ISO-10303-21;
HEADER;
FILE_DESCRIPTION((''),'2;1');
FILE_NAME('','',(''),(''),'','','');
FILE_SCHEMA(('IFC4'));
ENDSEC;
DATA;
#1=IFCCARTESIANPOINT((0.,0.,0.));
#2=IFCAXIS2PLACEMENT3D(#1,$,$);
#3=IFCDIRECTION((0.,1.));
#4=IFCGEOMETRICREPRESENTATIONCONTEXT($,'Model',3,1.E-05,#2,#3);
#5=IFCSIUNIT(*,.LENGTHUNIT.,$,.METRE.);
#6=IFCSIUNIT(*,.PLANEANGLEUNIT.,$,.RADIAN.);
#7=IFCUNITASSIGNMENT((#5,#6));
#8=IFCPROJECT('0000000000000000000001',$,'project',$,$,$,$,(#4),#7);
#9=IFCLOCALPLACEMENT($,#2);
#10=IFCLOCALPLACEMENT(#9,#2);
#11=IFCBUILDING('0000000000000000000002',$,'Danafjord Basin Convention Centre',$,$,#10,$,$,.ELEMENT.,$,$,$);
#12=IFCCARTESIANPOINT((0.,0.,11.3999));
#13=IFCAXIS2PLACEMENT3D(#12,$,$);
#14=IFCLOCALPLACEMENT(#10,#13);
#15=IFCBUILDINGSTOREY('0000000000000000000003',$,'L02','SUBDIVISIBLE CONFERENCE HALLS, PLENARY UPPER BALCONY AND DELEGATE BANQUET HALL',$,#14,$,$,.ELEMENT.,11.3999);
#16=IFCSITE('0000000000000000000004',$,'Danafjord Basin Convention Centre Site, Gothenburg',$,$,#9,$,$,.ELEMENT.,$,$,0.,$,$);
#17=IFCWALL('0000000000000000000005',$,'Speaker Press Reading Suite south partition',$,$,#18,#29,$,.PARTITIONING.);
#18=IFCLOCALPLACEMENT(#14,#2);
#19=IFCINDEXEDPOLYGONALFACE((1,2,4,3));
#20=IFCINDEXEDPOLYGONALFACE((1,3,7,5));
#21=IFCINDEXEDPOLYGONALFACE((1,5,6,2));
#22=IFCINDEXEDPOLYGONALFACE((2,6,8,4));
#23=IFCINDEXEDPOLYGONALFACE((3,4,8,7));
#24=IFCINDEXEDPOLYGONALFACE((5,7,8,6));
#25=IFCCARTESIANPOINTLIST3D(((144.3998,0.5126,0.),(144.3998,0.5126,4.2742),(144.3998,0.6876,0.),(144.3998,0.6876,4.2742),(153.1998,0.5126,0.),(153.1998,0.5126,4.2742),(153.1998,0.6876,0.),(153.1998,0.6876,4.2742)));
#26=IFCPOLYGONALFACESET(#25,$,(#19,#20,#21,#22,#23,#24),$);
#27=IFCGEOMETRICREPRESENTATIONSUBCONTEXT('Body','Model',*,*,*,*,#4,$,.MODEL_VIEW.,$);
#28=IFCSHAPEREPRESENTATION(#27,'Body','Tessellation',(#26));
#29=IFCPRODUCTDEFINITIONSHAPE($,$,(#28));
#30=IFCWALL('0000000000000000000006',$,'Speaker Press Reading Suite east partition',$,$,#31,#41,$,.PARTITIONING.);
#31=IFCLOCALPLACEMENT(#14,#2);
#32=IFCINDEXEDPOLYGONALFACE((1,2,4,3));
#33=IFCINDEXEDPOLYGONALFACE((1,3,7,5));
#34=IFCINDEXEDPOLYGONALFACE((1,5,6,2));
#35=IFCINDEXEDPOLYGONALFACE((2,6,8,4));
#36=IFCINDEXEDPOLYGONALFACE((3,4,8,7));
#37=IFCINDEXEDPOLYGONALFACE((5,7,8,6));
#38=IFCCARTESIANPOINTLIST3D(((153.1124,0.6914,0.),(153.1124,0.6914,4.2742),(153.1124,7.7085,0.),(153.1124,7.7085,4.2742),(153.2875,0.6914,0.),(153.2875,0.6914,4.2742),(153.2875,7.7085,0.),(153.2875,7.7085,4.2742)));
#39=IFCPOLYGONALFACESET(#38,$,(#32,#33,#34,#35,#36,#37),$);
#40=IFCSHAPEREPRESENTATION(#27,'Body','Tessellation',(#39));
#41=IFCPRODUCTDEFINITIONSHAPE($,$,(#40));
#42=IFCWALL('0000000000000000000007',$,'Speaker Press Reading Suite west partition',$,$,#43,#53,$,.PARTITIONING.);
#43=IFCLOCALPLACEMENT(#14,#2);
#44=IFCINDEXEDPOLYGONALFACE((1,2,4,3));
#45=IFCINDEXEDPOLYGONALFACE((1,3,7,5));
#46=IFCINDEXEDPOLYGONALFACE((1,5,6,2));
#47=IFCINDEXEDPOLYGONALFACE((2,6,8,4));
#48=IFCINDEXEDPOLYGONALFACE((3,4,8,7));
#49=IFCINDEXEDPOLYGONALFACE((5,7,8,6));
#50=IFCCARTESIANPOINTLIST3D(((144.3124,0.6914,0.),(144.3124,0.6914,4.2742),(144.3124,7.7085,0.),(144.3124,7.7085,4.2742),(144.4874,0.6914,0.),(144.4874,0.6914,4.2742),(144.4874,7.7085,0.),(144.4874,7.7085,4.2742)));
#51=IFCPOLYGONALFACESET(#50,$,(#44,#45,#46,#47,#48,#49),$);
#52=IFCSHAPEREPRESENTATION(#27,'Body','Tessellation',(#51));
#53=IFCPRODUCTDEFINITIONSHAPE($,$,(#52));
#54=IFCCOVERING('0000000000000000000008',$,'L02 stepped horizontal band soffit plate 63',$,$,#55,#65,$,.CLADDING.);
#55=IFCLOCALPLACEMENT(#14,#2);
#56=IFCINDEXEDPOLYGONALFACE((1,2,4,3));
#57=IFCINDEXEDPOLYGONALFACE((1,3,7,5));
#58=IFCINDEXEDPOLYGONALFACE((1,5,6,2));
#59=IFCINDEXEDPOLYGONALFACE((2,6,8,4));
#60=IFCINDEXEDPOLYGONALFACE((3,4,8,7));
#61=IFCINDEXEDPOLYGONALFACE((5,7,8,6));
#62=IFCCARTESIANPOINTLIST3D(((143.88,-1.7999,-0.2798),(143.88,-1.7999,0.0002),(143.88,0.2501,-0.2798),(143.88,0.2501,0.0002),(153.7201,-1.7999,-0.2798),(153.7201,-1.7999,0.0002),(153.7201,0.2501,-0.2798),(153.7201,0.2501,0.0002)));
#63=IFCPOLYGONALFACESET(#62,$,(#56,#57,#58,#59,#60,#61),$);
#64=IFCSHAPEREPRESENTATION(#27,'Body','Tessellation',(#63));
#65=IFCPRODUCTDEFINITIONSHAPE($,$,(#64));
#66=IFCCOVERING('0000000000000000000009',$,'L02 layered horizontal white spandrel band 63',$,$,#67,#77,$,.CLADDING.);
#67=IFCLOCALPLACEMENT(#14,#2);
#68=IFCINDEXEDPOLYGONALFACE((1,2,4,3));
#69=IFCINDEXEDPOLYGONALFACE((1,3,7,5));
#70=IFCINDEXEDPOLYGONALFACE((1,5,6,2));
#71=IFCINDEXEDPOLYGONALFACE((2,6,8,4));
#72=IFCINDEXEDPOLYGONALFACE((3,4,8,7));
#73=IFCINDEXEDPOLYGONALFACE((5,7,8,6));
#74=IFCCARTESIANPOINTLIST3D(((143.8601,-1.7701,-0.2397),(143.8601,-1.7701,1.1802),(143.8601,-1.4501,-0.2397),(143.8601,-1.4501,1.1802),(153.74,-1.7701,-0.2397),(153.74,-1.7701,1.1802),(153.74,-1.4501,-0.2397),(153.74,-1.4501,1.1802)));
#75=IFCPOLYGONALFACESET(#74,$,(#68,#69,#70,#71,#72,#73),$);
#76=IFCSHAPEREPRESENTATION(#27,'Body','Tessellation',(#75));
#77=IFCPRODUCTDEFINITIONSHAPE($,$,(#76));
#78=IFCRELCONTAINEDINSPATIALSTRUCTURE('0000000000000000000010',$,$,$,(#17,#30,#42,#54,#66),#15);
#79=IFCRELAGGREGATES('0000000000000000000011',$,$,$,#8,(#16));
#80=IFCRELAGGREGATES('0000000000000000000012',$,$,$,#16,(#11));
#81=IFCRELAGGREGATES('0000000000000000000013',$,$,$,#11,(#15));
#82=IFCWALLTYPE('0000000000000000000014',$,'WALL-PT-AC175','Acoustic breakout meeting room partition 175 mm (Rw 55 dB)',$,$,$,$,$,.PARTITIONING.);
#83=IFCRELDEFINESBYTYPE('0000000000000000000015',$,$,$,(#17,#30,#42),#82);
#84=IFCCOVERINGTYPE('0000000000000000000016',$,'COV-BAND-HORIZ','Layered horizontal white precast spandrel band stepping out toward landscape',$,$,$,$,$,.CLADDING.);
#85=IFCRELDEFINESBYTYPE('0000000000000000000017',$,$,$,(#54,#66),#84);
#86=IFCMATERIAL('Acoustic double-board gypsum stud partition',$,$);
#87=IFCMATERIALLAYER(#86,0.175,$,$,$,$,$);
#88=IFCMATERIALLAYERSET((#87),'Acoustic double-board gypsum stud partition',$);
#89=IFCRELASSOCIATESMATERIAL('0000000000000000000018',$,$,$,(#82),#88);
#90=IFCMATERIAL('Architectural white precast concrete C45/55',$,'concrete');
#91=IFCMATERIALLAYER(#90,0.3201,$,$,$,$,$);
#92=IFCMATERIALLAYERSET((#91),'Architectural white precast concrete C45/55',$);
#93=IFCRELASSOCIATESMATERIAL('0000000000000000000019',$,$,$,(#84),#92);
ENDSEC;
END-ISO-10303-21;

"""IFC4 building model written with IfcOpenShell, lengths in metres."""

from ifc_helpers import new_model, si_unit, direction, frame, frame_2d, origin, origin_2d, place, context, subcontext, project, spatial, rectangle, extrude, material, layer, layer_set, type_object, element, save


model = new_model("IFC4")

# Units and contexts
model_context = context("Model", 3, precision=1e-05, world=origin(), true_north=direction((0.0, 1.0)))
body_context = subcontext(model_context, "Body", "Model", "MODEL_VIEW")
ifc_project = project(units=[si_unit("LENGTHUNIT", "METRE"), si_unit("PLANEANGLEUNIT", "RADIAN")], contexts=[model_context])

# Site, building, storey
site_placement = place(None, origin())
site = spatial("IfcSite", under=ifc_project, at=site_placement, Name="Danafjord Basin Convention Centre Site, Gothenburg", CompositionType="ELEMENT", RefElevation=0.0)
building_placement = place(site_placement, origin())
building = spatial("IfcBuilding", under=site, at=building_placement, Name="Danafjord Basin Convention Centre", CompositionType="ELEMENT")
storey_placement = place(building_placement, frame((0.0, 0.0, 11.3999)))
storey = spatial("IfcBuildingStorey", under=building, at=storey_placement, Name="L02", Description="SUBDIVISIBLE CONFERENCE HALLS, PLENARY UPPER BALCONY AND DELEGATE BANQUET HALL", CompositionType="ELEMENT", Elevation=11.3999)

# Shared definitions
ifc_material_1 = material(Name="Acoustic double-board gypsum stud partition")
ifc_layer_1 = layer(ifc_material_1, 0.175)
ifc_layer_set_1 = layer_set([ifc_layer_1], Name="Acoustic double-board gypsum stud partition")
wall_type_1 = type_object("IfcWallType", Name="WALL-PT-AC175", Description="Acoustic breakout meeting room partition 175 mm (Rw 55 dB)", PredefinedType="PARTITIONING", material=ifc_layer_set_1)

# Walls
wall_1_placement = place(storey_placement, frame((144.3999, 0.6001, 0.0), z_axis=(0.0, 0.0, 1.0), x_axis=(1.0, 0.0, 0.0)))
element("IfcWall", 1, at=wall_1_placement, inside=storey, type_object=wall_type_1, Name="Speaker Press Reading Suite south partition", PredefinedType="PARTITIONING", context=body_context, shape_type="SweptSolid", body=[
    extrude(rectangle(XDim=8.8, YDim=0.175, at=frame_2d((4.3999, 0.0))), origin(), (0.0, 0.0, 1.0), 4.2742),
])
for number, where, z_axis, x_axis, name in (
    (2, (153.2, 0.6914, 0.0), (0.0, 0.0, 1.0), (0.0, 1.0, 0.0), "Speaker Press Reading Suite east partition"),
    (3, (144.3999, 7.7085, 0.0), (0.0, 0.0, 1.0), (0.0, -1.0, 0.0), "Speaker Press Reading Suite west partition"),
):
    element("IfcWall", number, at=place(storey_placement, frame(where, z_axis=z_axis, x_axis=x_axis)), inside=storey, type_object=wall_type_1, Name=name, PredefinedType="PARTITIONING", context=body_context, shape_type="SweptSolid", body=[
        extrude(rectangle(XDim=7.0171, YDim=0.175, at=frame_2d((3.5085, 0.0))), origin(), (0.0, 0.0, 1.0), 4.2742),
    ])

# Coverings
ifc_material_2 = material(Name="Architectural white precast concrete C45/55", Category="concrete")
ifc_layer_2 = layer(ifc_material_2, 0.3201)
ifc_layer_set_2 = layer_set([ifc_layer_2], Name="Architectural white precast concrete C45/55")
covering_type = type_object("IfcCoveringType", Name="COV-BAND-HORIZ", Description="Layered horizontal white precast spandrel band stepping out toward landscape", PredefinedType="CLADDING", material=ifc_layer_set_2)
covering_1_placement = place(storey_placement, frame((148.8, -0.7749, -0.2798), z_axis=(0.0, 0.0, 1.0), x_axis=(1.0, 0.0, 0.0)))
element("IfcCovering", 4, at=covering_1_placement, inside=storey, type_object=covering_type, Name="L02 stepped horizontal band soffit plate 63", PredefinedType="CLADDING", context=body_context, shape_type="SweptSolid", body=[
    extrude(rectangle(XDim=9.8401, YDim=2.05, at=origin_2d()), origin(), (0.0, 0.0, 1.0), 0.28),
])
covering_2_placement = place(storey_placement, frame((148.8, -1.6101, -0.2397), z_axis=(0.0, 0.0, 1.0), x_axis=(1.0, 0.0, 0.0)))
element("IfcCovering", 5, at=covering_2_placement, inside=storey, type_object=covering_type, Name="L02 layered horizontal white spandrel band 63", PredefinedType="CLADDING", context=body_context, shape_type="SweptSolid", body=[
    extrude(rectangle(XDim=9.8799, YDim=0.3201, at=origin_2d()), origin(), (0.0, 0.0, 1.0), 1.4199),
])

save(model, "model.ifc")
